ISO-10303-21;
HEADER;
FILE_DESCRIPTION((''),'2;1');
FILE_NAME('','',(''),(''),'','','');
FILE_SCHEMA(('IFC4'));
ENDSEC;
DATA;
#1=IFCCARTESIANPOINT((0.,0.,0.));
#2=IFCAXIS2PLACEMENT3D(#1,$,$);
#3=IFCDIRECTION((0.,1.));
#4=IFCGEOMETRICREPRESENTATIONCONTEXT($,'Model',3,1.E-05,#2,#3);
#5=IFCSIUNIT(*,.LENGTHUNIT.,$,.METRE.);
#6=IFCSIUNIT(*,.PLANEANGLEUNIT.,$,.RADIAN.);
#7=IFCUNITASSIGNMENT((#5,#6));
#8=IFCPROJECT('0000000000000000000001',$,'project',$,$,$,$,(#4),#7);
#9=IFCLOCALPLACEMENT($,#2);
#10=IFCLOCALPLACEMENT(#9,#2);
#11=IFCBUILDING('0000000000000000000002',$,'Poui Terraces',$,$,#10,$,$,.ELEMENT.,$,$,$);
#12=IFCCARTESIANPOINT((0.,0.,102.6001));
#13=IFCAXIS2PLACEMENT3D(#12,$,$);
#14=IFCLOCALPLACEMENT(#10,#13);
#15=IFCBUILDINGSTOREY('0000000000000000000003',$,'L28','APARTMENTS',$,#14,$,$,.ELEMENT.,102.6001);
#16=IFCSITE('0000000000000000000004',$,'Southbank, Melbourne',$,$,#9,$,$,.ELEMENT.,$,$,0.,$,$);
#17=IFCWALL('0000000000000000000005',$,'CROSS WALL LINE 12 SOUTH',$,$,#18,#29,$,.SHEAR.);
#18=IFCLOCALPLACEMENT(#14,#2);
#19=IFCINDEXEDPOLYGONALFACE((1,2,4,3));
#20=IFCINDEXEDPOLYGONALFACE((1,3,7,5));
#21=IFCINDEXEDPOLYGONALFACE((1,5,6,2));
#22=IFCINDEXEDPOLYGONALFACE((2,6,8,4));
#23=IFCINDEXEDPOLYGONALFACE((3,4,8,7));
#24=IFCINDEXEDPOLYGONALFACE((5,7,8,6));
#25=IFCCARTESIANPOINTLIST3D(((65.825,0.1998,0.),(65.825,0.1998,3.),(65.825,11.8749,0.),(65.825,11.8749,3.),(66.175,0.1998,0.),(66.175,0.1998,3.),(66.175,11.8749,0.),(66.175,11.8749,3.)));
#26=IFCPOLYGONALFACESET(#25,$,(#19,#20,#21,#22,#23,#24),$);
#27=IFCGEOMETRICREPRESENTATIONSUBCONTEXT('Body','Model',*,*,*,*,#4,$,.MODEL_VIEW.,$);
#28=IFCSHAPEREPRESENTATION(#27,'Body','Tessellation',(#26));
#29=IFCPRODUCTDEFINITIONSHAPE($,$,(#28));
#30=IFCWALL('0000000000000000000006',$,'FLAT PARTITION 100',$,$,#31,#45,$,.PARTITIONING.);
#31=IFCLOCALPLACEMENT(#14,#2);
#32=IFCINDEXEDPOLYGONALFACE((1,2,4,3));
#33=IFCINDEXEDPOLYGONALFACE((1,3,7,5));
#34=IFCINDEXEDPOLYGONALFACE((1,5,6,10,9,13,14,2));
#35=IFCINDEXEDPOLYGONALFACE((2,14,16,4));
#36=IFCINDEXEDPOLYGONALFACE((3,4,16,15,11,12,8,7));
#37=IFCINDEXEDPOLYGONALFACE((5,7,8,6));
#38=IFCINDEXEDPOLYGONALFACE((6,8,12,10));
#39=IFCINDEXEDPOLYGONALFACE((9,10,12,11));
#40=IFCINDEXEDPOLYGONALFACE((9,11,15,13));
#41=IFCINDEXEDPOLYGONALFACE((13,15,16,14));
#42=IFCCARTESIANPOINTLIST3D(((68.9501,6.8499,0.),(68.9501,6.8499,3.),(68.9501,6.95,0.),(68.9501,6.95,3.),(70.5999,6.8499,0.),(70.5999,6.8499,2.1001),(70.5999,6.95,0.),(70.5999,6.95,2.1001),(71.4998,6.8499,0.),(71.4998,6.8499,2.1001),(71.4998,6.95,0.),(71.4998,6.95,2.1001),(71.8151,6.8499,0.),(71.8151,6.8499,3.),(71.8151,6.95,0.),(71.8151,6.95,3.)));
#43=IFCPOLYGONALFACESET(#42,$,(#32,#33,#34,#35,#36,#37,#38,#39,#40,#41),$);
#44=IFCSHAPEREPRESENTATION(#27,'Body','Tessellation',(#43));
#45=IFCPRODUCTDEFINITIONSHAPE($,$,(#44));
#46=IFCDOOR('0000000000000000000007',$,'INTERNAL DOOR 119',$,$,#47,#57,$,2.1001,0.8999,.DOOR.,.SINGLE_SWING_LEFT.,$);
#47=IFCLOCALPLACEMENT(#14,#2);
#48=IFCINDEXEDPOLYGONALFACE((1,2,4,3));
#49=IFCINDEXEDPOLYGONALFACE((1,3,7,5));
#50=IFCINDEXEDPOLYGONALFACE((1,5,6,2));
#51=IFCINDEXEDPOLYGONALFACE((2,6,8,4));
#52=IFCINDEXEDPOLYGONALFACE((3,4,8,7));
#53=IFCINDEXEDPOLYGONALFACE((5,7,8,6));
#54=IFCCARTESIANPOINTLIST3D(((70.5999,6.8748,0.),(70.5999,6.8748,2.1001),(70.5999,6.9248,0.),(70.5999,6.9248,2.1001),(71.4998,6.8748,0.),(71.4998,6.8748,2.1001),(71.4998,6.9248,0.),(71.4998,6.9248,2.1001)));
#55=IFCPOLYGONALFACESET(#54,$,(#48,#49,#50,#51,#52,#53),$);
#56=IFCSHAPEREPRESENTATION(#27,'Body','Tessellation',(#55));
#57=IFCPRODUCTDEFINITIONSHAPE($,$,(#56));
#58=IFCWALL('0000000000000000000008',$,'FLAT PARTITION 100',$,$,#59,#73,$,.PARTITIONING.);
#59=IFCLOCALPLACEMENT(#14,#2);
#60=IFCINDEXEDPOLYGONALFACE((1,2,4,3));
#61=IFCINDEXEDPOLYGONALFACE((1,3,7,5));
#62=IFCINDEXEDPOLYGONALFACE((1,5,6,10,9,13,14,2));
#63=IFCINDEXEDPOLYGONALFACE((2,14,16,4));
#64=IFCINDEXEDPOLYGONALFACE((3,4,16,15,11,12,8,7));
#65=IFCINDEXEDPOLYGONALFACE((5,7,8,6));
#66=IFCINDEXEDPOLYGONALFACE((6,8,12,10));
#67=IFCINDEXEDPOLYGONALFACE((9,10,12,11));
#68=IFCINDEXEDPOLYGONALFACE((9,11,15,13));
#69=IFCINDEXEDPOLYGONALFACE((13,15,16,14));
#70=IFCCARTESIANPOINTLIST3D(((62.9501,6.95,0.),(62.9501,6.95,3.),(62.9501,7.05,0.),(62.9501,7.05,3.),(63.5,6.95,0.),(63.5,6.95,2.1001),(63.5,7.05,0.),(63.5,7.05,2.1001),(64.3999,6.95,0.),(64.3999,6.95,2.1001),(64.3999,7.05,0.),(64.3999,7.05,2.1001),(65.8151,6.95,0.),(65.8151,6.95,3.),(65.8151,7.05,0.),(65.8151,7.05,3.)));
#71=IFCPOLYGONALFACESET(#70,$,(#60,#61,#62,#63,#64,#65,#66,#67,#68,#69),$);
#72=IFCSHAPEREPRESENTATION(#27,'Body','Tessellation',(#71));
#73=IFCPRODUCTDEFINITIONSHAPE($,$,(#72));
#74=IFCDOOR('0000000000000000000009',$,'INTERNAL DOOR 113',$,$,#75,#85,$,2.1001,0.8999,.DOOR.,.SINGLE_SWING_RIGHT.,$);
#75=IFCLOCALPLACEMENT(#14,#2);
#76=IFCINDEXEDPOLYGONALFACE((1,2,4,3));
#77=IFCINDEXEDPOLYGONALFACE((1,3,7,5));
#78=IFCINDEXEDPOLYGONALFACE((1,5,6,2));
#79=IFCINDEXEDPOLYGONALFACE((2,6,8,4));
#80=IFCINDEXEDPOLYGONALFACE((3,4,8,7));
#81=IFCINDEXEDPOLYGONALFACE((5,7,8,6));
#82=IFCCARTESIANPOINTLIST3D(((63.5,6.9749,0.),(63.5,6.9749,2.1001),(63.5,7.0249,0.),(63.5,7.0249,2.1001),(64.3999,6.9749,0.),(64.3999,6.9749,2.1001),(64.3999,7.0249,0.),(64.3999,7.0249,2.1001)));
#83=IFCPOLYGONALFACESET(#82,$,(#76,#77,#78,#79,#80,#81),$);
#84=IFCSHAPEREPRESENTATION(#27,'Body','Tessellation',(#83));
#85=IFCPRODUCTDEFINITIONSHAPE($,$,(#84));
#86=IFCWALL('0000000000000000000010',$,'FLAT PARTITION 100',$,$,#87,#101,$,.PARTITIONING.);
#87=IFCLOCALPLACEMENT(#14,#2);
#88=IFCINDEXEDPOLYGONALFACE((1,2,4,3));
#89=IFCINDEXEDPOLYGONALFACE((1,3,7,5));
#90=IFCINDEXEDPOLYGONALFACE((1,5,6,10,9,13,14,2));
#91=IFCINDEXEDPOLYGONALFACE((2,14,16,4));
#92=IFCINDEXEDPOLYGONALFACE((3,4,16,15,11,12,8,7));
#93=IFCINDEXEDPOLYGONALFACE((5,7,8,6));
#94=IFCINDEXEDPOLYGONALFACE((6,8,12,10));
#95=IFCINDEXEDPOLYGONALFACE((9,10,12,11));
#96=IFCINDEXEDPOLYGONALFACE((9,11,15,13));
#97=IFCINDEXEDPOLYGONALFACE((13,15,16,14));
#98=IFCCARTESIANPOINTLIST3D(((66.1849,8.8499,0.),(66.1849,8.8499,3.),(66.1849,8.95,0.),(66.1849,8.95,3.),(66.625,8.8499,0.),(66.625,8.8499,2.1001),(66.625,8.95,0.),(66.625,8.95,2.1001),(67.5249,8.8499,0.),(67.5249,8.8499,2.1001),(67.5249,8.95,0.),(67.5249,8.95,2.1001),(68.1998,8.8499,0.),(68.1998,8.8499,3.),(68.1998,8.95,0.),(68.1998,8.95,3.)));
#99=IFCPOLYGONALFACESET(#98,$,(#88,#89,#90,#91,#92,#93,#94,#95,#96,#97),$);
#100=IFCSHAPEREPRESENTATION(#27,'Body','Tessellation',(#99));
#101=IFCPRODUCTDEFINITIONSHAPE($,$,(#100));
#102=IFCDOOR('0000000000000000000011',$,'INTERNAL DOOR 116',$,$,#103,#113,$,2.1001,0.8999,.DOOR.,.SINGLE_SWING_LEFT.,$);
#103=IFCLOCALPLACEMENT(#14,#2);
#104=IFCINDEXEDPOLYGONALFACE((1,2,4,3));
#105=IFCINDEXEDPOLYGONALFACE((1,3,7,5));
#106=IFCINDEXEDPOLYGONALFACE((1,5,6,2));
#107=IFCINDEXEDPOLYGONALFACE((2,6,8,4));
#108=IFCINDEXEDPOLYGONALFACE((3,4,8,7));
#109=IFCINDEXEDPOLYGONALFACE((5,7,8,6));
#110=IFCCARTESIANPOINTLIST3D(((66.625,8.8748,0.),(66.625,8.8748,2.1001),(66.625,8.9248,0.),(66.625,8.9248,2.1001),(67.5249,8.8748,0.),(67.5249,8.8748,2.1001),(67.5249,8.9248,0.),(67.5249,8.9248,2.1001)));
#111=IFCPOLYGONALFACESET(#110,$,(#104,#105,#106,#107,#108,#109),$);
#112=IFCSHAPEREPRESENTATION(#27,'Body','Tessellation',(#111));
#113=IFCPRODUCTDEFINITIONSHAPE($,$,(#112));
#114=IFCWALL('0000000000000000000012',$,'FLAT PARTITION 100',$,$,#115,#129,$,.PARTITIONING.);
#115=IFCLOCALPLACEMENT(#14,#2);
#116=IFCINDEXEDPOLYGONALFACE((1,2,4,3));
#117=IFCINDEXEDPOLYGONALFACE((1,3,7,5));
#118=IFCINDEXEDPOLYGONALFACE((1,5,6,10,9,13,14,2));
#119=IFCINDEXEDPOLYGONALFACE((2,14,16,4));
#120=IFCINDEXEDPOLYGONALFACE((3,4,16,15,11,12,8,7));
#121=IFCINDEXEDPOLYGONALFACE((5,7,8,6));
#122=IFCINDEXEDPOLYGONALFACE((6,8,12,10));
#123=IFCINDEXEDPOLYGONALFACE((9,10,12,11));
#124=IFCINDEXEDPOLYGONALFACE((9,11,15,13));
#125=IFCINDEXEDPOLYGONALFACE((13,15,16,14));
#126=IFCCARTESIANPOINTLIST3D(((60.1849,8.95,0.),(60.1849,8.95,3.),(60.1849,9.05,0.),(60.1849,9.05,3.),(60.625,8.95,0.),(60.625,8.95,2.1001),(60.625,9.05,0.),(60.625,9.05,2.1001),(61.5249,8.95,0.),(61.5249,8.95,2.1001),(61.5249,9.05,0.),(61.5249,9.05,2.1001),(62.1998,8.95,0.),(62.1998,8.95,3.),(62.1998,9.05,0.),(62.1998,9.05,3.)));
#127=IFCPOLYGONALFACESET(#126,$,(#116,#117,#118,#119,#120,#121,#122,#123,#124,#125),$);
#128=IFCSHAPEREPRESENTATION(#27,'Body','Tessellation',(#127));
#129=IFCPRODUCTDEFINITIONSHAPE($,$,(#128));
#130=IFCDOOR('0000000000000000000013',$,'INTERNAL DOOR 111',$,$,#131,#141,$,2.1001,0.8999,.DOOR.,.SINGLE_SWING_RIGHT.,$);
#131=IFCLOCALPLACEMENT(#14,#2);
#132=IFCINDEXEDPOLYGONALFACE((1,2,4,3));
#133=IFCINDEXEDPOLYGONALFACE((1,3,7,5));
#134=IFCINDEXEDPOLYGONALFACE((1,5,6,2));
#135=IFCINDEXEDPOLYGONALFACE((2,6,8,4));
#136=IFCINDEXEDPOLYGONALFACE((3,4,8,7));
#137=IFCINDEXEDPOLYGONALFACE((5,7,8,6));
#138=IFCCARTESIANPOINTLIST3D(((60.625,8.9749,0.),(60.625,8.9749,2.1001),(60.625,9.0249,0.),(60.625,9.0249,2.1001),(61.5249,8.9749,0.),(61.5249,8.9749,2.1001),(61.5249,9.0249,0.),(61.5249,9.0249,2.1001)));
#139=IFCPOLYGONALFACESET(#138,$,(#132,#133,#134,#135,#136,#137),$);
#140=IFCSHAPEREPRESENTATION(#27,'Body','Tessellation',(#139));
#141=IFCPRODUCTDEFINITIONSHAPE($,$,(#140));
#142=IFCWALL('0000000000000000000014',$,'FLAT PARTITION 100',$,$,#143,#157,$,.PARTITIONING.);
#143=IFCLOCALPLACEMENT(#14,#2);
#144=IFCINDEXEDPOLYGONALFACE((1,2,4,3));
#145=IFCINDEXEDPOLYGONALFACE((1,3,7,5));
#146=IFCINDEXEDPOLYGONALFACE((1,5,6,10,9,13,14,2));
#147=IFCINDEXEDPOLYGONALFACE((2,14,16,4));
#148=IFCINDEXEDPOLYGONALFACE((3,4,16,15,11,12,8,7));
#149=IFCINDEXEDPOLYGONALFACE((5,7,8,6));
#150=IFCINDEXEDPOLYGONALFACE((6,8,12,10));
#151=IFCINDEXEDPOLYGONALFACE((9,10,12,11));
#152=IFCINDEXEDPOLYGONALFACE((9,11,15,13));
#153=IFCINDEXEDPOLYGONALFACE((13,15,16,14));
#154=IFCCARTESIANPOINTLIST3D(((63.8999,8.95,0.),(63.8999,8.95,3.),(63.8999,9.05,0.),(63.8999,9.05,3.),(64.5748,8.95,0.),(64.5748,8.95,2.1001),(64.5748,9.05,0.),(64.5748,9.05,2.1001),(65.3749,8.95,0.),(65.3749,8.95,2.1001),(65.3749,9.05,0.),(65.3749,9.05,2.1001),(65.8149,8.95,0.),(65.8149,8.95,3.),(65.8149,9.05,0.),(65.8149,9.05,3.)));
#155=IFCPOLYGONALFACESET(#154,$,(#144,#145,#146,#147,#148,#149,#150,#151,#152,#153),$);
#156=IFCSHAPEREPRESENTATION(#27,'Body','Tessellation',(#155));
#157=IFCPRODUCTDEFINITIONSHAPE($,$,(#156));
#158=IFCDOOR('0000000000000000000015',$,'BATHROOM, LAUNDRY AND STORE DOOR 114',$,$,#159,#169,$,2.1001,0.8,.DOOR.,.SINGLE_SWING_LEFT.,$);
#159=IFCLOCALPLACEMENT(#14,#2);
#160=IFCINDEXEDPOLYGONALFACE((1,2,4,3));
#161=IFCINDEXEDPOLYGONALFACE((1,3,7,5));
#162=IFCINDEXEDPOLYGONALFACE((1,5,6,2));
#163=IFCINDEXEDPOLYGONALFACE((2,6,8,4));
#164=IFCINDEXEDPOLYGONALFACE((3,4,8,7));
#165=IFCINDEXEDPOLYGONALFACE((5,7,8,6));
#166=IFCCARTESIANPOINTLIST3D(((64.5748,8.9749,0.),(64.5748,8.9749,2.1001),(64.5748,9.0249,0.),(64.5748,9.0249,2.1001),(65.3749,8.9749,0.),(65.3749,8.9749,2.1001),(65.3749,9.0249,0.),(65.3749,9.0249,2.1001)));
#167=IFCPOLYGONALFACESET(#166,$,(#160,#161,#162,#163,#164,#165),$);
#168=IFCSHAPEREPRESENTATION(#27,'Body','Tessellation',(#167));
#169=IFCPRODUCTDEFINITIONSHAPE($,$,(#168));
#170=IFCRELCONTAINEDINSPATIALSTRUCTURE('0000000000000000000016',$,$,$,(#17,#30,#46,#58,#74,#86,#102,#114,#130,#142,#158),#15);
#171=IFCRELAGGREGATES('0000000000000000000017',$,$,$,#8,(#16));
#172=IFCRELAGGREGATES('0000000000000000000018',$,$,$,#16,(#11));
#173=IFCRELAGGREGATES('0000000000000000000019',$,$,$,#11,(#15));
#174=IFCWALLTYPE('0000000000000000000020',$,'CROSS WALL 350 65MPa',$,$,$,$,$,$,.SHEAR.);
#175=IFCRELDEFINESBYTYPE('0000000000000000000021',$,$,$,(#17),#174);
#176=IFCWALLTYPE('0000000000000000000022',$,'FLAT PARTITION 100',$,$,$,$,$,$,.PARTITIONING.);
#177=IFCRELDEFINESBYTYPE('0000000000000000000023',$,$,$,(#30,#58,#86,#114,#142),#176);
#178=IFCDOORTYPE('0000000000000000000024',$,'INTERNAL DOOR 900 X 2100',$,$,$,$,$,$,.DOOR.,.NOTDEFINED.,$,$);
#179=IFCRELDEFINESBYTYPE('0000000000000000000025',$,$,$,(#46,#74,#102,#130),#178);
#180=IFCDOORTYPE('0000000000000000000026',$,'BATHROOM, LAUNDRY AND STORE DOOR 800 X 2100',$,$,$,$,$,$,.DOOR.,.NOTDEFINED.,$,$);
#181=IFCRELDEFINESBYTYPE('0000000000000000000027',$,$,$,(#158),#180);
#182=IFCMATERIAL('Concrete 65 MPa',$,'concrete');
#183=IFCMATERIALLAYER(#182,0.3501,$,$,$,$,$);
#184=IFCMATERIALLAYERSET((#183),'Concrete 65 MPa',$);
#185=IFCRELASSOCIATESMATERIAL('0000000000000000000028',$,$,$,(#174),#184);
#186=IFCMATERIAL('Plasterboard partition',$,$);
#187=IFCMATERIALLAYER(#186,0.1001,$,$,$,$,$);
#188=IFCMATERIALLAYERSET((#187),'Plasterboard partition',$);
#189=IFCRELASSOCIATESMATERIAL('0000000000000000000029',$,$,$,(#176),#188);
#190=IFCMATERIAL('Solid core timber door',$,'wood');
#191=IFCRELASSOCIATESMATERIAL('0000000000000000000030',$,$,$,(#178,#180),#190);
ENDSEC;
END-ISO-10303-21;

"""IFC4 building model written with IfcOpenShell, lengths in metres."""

from ifc_helpers import new_model, si_unit, direction, frame, frame_2d, origin, place, context, subcontext, project, spatial, rectangle, extrude, material, layer, layer_set, type_object, element, fill, save


model = new_model("IFC4")

# Units and contexts
model_context = context("Model", 3, precision=1e-05, world=origin(), true_north=direction((0.0, 1.0)))
body_context = subcontext(model_context, "Body", "Model", "MODEL_VIEW")
ifc_project = project(units=[si_unit("LENGTHUNIT", "METRE"), si_unit("PLANEANGLEUNIT", "RADIAN")], contexts=[model_context])

# Site, building, storey
site_placement = place(None, origin())
site = spatial("IfcSite", under=ifc_project, at=site_placement, Name="Southbank, Melbourne", CompositionType="ELEMENT", RefElevation=0.0)
building_placement = place(site_placement, origin())
building = spatial("IfcBuilding", under=site, at=building_placement, Name="Poui Terraces", CompositionType="ELEMENT")
storey_placement = place(building_placement, frame((0.0, 0.0, 102.6001)))
storey = spatial("IfcBuildingStorey", under=building, at=storey_placement, Name="L28", Description="APARTMENTS", CompositionType="ELEMENT", Elevation=102.6001)

# Wall
ifc_material_1 = material(Name="Concrete 65 MPa", Category="concrete")
ifc_layer_1 = layer(ifc_material_1, 0.3501)
ifc_layer_set_1 = layer_set([ifc_layer_1], Name="Concrete 65 MPa")
wall_type_1 = type_object("IfcWallType", Name="CROSS WALL 350 65MPa", PredefinedType="SHEAR", material=ifc_layer_set_1)
wall_1_placement = place(storey_placement, frame((66.0, 0.2, 0.0), z_axis=(0.0, 0.0, 1.0), x_axis=(0.0, 1.0, 0.0)))
element("IfcWall", 1, at=wall_1_placement, inside=storey, type_object=wall_type_1, Name="CROSS WALL LINE 12 SOUTH", PredefinedType="SHEAR", context=body_context, shape_type="SweptSolid", body=[
    extrude(rectangle(XDim=11.675, YDim=0.3501, at=frame_2d((5.8374, 0.0))), origin(), (0.0, 0.0, 1.0), 3.0),
])

# Walls, openings, doors
ifc_material_2 = material(Name="Plasterboard partition")
ifc_layer_2 = layer(ifc_material_2, 0.1001)
ifc_layer_set_2 = layer_set([ifc_layer_2], Name="Plasterboard partition")
wall_type_2 = type_object("IfcWallType", Name="FLAT PARTITION 100", PredefinedType="PARTITIONING", material=ifc_layer_set_2)
wall_2_placement = place(storey_placement, frame((68.95, 6.8999, 0.0), z_axis=(0.0, 0.0, 1.0), x_axis=(1.0, 0.0, 0.0)))
wall_2 = element("IfcWall", 2, at=wall_2_placement, inside=storey, type_object=wall_type_2, Name="FLAT PARTITION 100", PredefinedType="PARTITIONING", context=body_context, shape_type="SweptSolid", body=[
    extrude(rectangle(XDim=2.865, YDim=0.1001, at=frame_2d((1.4326, 0.0))), origin(), (0.0, 0.0, 1.0), 3.0),
])
opening_1_placement = place(wall_2_placement, frame((1.6499, 0.0, 0.0)))
opening_1 = element("IfcOpeningElement", 3, at=opening_1_placement, cuts=wall_2, PredefinedType="OPENING", context=body_context, shape_type="SweptSolid", body=[
    extrude(rectangle(XDim=0.8999, YDim=2.1001, at=frame_2d((0.45, 1.05))), frame((0.0, 0.0601, 0.0), z_axis=(0.0, -1.0, 0.0), x_axis=(1.0, 0.0, 0.0)), (0.0, 0.0, 1.0), 0.1201),
])
ifc_material_3 = material(Name="Solid core timber door", Category="wood")
door_type_1 = type_object("IfcDoorType", Name="INTERNAL DOOR 900 X 2100", OperationType="NOTDEFINED", PredefinedType="DOOR", material=ifc_material_3)
door_1_placement = place(opening_1_placement, origin())
door_1 = element("IfcDoor", 4, at=door_1_placement, inside=storey, type_object=door_type_1, Name="INTERNAL DOOR 119", OperationType="SINGLE_SWING_LEFT", OverallHeight=2.1001, OverallWidth=0.8999, PredefinedType="DOOR", context=body_context, shape_type="SweptSolid", body=[
    extrude(rectangle(XDim=0.8999, YDim=2.1001, at=frame_2d((0.45, 1.05))), frame((0.0, 0.0249, 0.0), z_axis=(0.0, -1.0, 0.0), x_axis=(1.0, 0.0, 0.0)), (0.0, 0.0, 1.0), 0.05),
])
fill(opening_1, door_1)
wall_3_placement = place(storey_placement, frame((62.95, 7.0, 0.0), z_axis=(0.0, 0.0, 1.0), x_axis=(1.0, 0.0, 0.0)))
wall_3 = element("IfcWall", 5, at=wall_3_placement, inside=storey, type_object=wall_type_2, Name="FLAT PARTITION 100", PredefinedType="PARTITIONING", context=body_context, shape_type="SweptSolid", body=[
    extrude(rectangle(XDim=2.865, YDim=0.1001, at=frame_2d((1.4326, 0.0))), origin(), (0.0, 0.0, 1.0), 3.0),
])
opening_2_placement = place(wall_3_placement, frame((0.55, 0.0, 0.0)))
opening_2 = element("IfcOpeningElement", 6, at=opening_2_placement, cuts=wall_3, PredefinedType="OPENING", context=body_context, shape_type="SweptSolid", body=[
    extrude(rectangle(XDim=0.8999, YDim=2.1001, at=frame_2d((0.45, 1.05))), frame((0.0, 0.0601, 0.0), z_axis=(0.0, -1.0, 0.0), x_axis=(1.0, 0.0, 0.0)), (0.0, 0.0, 1.0), 0.1201),
])
door_2_placement = place(opening_2_placement, origin())
door_2 = element("IfcDoor", 7, at=door_2_placement, inside=storey, type_object=door_type_1, Name="INTERNAL DOOR 113", OperationType="SINGLE_SWING_RIGHT", OverallHeight=2.1001, OverallWidth=0.8999, PredefinedType="DOOR", context=body_context, shape_type="SweptSolid", body=[
    extrude(rectangle(XDim=0.8999, YDim=2.1001, at=frame_2d((0.45, 1.05))), frame((0.0, 0.0249, 0.0), z_axis=(0.0, -1.0, 0.0), x_axis=(1.0, 0.0, 0.0)), (0.0, 0.0, 1.0), 0.05),
])
fill(opening_2, door_2)
wall_4_placement = place(storey_placement, frame((66.1851, 8.8999, 0.0), z_axis=(0.0, 0.0, 1.0), x_axis=(1.0, 0.0, 0.0)))
wall_4 = element("IfcWall", 8, at=wall_4_placement, inside=storey, type_object=wall_type_2, Name="FLAT PARTITION 100", PredefinedType="PARTITIONING", context=body_context, shape_type="SweptSolid", body=[
    extrude(rectangle(XDim=2.0149, YDim=0.1001, at=frame_2d((1.0073, 0.0))), origin(), (0.0, 0.0, 1.0), 3.0),
])
opening_3_placement = place(wall_4_placement, frame((0.4399, 0.0, 0.0)))
opening_3 = element("IfcOpeningElement", 9, at=opening_3_placement, cuts=wall_4, PredefinedType="OPENING", context=body_context, shape_type="SweptSolid", body=[
    extrude(rectangle(XDim=0.8999, YDim=2.1001, at=frame_2d((0.45, 1.05))), frame((0.0, 0.0601, 0.0), z_axis=(0.0, -1.0, 0.0), x_axis=(1.0, 0.0, 0.0)), (0.0, 0.0, 1.0), 0.1201),
])
door_3_placement = place(opening_3_placement, origin())
door_3 = element("IfcDoor", 10, at=door_3_placement, inside=storey, type_object=door_type_1, Name="INTERNAL DOOR 116", OperationType="SINGLE_SWING_LEFT", OverallHeight=2.1001, OverallWidth=0.8999, PredefinedType="DOOR", context=body_context, shape_type="SweptSolid", body=[
    extrude(rectangle(XDim=0.8999, YDim=2.1001, at=frame_2d((0.45, 1.05))), frame((0.0, 0.0249, 0.0), z_axis=(0.0, -1.0, 0.0), x_axis=(1.0, 0.0, 0.0)), (0.0, 0.0, 1.0), 0.05),
])
fill(opening_3, door_3)
wall_5_placement = place(storey_placement, frame((60.1851, 9.0, 0.0), z_axis=(0.0, 0.0, 1.0), x_axis=(1.0, 0.0, 0.0)))
wall_5 = element("IfcWall", 11, at=wall_5_placement, inside=storey, type_object=wall_type_2, Name="FLAT PARTITION 100", PredefinedType="PARTITIONING", context=body_context, shape_type="SweptSolid", body=[
    extrude(rectangle(XDim=2.0149, YDim=0.1001, at=frame_2d((1.0073, 0.0))), origin(), (0.0, 0.0, 1.0), 3.0),
])
opening_4_placement = place(wall_5_placement, frame((0.4399, 0.0, 0.0)))
opening_4 = element("IfcOpeningElement", 12, at=opening_4_placement, cuts=wall_5, PredefinedType="OPENING", context=body_context, shape_type="SweptSolid", body=[
    extrude(rectangle(XDim=0.8999, YDim=2.1001, at=frame_2d((0.45, 1.05))), frame((0.0, 0.0601, 0.0), z_axis=(0.0, -1.0, 0.0), x_axis=(1.0, 0.0, 0.0)), (0.0, 0.0, 1.0), 0.1201),
])
door_4_placement = place(opening_4_placement, origin())
door_4 = element("IfcDoor", 13, at=door_4_placement, inside=storey, type_object=door_type_1, Name="INTERNAL DOOR 111", OperationType="SINGLE_SWING_RIGHT", OverallHeight=2.1001, OverallWidth=0.8999, PredefinedType="DOOR", context=body_context, shape_type="SweptSolid", body=[
    extrude(rectangle(XDim=0.8999, YDim=2.1001, at=frame_2d((0.45, 1.05))), frame((0.0, 0.0249, 0.0), z_axis=(0.0, -1.0, 0.0), x_axis=(1.0, 0.0, 0.0)), (0.0, 0.0, 1.0), 0.05),
])
fill(opening_4, door_4)
wall_6_placement = place(storey_placement, frame((63.8999, 9.0, 0.0), z_axis=(0.0, 0.0, 1.0), x_axis=(1.0, 0.0, 0.0)))
wall_6 = element("IfcWall", 14, at=wall_6_placement, inside=storey, type_object=wall_type_2, Name="FLAT PARTITION 100", PredefinedType="PARTITIONING", context=body_context, shape_type="SweptSolid", body=[
    extrude(rectangle(XDim=1.915, YDim=0.1001, at=frame_2d((0.9575, 0.0))), origin(), (0.0, 0.0, 1.0), 3.0),
])
opening_5_placement = place(wall_6_placement, frame((0.675, 0.0, 0.0)))
opening_5 = element("IfcOpeningElement", 15, at=opening_5_placement, cuts=wall_6, PredefinedType="OPENING", context=body_context, shape_type="SweptSolid", body=[
    extrude(rectangle(XDim=0.8, YDim=2.1001, at=frame_2d((0.3999, 1.05))), frame((0.0, 0.0601, 0.0), z_axis=(0.0, -1.0, 0.0), x_axis=(1.0, 0.0, 0.0)), (0.0, 0.0, 1.0), 0.1201),
])
door_type_2 = type_object("IfcDoorType", Name="BATHROOM, LAUNDRY AND STORE DOOR 800 X 2100", OperationType="NOTDEFINED", PredefinedType="DOOR", material=ifc_material_3)
door_5_placement = place(opening_5_placement, origin())
door_5 = element("IfcDoor", 16, at=door_5_placement, inside=storey, type_object=door_type_2, Name="BATHROOM, LAUNDRY AND STORE DOOR 114", OperationType="SINGLE_SWING_LEFT", OverallHeight=2.1001, OverallWidth=0.8, PredefinedType="DOOR", context=body_context, shape_type="SweptSolid", body=[
    extrude(rectangle(XDim=0.8, YDim=2.1001, at=frame_2d((0.3999, 1.05))), frame((0.0, 0.0249, 0.0), z_axis=(0.0, -1.0, 0.0), x_axis=(1.0, 0.0, 0.0)), (0.0, 0.0, 1.0), 0.05),
])
fill(opening_5, door_5)

save(model, "model.ifc")
